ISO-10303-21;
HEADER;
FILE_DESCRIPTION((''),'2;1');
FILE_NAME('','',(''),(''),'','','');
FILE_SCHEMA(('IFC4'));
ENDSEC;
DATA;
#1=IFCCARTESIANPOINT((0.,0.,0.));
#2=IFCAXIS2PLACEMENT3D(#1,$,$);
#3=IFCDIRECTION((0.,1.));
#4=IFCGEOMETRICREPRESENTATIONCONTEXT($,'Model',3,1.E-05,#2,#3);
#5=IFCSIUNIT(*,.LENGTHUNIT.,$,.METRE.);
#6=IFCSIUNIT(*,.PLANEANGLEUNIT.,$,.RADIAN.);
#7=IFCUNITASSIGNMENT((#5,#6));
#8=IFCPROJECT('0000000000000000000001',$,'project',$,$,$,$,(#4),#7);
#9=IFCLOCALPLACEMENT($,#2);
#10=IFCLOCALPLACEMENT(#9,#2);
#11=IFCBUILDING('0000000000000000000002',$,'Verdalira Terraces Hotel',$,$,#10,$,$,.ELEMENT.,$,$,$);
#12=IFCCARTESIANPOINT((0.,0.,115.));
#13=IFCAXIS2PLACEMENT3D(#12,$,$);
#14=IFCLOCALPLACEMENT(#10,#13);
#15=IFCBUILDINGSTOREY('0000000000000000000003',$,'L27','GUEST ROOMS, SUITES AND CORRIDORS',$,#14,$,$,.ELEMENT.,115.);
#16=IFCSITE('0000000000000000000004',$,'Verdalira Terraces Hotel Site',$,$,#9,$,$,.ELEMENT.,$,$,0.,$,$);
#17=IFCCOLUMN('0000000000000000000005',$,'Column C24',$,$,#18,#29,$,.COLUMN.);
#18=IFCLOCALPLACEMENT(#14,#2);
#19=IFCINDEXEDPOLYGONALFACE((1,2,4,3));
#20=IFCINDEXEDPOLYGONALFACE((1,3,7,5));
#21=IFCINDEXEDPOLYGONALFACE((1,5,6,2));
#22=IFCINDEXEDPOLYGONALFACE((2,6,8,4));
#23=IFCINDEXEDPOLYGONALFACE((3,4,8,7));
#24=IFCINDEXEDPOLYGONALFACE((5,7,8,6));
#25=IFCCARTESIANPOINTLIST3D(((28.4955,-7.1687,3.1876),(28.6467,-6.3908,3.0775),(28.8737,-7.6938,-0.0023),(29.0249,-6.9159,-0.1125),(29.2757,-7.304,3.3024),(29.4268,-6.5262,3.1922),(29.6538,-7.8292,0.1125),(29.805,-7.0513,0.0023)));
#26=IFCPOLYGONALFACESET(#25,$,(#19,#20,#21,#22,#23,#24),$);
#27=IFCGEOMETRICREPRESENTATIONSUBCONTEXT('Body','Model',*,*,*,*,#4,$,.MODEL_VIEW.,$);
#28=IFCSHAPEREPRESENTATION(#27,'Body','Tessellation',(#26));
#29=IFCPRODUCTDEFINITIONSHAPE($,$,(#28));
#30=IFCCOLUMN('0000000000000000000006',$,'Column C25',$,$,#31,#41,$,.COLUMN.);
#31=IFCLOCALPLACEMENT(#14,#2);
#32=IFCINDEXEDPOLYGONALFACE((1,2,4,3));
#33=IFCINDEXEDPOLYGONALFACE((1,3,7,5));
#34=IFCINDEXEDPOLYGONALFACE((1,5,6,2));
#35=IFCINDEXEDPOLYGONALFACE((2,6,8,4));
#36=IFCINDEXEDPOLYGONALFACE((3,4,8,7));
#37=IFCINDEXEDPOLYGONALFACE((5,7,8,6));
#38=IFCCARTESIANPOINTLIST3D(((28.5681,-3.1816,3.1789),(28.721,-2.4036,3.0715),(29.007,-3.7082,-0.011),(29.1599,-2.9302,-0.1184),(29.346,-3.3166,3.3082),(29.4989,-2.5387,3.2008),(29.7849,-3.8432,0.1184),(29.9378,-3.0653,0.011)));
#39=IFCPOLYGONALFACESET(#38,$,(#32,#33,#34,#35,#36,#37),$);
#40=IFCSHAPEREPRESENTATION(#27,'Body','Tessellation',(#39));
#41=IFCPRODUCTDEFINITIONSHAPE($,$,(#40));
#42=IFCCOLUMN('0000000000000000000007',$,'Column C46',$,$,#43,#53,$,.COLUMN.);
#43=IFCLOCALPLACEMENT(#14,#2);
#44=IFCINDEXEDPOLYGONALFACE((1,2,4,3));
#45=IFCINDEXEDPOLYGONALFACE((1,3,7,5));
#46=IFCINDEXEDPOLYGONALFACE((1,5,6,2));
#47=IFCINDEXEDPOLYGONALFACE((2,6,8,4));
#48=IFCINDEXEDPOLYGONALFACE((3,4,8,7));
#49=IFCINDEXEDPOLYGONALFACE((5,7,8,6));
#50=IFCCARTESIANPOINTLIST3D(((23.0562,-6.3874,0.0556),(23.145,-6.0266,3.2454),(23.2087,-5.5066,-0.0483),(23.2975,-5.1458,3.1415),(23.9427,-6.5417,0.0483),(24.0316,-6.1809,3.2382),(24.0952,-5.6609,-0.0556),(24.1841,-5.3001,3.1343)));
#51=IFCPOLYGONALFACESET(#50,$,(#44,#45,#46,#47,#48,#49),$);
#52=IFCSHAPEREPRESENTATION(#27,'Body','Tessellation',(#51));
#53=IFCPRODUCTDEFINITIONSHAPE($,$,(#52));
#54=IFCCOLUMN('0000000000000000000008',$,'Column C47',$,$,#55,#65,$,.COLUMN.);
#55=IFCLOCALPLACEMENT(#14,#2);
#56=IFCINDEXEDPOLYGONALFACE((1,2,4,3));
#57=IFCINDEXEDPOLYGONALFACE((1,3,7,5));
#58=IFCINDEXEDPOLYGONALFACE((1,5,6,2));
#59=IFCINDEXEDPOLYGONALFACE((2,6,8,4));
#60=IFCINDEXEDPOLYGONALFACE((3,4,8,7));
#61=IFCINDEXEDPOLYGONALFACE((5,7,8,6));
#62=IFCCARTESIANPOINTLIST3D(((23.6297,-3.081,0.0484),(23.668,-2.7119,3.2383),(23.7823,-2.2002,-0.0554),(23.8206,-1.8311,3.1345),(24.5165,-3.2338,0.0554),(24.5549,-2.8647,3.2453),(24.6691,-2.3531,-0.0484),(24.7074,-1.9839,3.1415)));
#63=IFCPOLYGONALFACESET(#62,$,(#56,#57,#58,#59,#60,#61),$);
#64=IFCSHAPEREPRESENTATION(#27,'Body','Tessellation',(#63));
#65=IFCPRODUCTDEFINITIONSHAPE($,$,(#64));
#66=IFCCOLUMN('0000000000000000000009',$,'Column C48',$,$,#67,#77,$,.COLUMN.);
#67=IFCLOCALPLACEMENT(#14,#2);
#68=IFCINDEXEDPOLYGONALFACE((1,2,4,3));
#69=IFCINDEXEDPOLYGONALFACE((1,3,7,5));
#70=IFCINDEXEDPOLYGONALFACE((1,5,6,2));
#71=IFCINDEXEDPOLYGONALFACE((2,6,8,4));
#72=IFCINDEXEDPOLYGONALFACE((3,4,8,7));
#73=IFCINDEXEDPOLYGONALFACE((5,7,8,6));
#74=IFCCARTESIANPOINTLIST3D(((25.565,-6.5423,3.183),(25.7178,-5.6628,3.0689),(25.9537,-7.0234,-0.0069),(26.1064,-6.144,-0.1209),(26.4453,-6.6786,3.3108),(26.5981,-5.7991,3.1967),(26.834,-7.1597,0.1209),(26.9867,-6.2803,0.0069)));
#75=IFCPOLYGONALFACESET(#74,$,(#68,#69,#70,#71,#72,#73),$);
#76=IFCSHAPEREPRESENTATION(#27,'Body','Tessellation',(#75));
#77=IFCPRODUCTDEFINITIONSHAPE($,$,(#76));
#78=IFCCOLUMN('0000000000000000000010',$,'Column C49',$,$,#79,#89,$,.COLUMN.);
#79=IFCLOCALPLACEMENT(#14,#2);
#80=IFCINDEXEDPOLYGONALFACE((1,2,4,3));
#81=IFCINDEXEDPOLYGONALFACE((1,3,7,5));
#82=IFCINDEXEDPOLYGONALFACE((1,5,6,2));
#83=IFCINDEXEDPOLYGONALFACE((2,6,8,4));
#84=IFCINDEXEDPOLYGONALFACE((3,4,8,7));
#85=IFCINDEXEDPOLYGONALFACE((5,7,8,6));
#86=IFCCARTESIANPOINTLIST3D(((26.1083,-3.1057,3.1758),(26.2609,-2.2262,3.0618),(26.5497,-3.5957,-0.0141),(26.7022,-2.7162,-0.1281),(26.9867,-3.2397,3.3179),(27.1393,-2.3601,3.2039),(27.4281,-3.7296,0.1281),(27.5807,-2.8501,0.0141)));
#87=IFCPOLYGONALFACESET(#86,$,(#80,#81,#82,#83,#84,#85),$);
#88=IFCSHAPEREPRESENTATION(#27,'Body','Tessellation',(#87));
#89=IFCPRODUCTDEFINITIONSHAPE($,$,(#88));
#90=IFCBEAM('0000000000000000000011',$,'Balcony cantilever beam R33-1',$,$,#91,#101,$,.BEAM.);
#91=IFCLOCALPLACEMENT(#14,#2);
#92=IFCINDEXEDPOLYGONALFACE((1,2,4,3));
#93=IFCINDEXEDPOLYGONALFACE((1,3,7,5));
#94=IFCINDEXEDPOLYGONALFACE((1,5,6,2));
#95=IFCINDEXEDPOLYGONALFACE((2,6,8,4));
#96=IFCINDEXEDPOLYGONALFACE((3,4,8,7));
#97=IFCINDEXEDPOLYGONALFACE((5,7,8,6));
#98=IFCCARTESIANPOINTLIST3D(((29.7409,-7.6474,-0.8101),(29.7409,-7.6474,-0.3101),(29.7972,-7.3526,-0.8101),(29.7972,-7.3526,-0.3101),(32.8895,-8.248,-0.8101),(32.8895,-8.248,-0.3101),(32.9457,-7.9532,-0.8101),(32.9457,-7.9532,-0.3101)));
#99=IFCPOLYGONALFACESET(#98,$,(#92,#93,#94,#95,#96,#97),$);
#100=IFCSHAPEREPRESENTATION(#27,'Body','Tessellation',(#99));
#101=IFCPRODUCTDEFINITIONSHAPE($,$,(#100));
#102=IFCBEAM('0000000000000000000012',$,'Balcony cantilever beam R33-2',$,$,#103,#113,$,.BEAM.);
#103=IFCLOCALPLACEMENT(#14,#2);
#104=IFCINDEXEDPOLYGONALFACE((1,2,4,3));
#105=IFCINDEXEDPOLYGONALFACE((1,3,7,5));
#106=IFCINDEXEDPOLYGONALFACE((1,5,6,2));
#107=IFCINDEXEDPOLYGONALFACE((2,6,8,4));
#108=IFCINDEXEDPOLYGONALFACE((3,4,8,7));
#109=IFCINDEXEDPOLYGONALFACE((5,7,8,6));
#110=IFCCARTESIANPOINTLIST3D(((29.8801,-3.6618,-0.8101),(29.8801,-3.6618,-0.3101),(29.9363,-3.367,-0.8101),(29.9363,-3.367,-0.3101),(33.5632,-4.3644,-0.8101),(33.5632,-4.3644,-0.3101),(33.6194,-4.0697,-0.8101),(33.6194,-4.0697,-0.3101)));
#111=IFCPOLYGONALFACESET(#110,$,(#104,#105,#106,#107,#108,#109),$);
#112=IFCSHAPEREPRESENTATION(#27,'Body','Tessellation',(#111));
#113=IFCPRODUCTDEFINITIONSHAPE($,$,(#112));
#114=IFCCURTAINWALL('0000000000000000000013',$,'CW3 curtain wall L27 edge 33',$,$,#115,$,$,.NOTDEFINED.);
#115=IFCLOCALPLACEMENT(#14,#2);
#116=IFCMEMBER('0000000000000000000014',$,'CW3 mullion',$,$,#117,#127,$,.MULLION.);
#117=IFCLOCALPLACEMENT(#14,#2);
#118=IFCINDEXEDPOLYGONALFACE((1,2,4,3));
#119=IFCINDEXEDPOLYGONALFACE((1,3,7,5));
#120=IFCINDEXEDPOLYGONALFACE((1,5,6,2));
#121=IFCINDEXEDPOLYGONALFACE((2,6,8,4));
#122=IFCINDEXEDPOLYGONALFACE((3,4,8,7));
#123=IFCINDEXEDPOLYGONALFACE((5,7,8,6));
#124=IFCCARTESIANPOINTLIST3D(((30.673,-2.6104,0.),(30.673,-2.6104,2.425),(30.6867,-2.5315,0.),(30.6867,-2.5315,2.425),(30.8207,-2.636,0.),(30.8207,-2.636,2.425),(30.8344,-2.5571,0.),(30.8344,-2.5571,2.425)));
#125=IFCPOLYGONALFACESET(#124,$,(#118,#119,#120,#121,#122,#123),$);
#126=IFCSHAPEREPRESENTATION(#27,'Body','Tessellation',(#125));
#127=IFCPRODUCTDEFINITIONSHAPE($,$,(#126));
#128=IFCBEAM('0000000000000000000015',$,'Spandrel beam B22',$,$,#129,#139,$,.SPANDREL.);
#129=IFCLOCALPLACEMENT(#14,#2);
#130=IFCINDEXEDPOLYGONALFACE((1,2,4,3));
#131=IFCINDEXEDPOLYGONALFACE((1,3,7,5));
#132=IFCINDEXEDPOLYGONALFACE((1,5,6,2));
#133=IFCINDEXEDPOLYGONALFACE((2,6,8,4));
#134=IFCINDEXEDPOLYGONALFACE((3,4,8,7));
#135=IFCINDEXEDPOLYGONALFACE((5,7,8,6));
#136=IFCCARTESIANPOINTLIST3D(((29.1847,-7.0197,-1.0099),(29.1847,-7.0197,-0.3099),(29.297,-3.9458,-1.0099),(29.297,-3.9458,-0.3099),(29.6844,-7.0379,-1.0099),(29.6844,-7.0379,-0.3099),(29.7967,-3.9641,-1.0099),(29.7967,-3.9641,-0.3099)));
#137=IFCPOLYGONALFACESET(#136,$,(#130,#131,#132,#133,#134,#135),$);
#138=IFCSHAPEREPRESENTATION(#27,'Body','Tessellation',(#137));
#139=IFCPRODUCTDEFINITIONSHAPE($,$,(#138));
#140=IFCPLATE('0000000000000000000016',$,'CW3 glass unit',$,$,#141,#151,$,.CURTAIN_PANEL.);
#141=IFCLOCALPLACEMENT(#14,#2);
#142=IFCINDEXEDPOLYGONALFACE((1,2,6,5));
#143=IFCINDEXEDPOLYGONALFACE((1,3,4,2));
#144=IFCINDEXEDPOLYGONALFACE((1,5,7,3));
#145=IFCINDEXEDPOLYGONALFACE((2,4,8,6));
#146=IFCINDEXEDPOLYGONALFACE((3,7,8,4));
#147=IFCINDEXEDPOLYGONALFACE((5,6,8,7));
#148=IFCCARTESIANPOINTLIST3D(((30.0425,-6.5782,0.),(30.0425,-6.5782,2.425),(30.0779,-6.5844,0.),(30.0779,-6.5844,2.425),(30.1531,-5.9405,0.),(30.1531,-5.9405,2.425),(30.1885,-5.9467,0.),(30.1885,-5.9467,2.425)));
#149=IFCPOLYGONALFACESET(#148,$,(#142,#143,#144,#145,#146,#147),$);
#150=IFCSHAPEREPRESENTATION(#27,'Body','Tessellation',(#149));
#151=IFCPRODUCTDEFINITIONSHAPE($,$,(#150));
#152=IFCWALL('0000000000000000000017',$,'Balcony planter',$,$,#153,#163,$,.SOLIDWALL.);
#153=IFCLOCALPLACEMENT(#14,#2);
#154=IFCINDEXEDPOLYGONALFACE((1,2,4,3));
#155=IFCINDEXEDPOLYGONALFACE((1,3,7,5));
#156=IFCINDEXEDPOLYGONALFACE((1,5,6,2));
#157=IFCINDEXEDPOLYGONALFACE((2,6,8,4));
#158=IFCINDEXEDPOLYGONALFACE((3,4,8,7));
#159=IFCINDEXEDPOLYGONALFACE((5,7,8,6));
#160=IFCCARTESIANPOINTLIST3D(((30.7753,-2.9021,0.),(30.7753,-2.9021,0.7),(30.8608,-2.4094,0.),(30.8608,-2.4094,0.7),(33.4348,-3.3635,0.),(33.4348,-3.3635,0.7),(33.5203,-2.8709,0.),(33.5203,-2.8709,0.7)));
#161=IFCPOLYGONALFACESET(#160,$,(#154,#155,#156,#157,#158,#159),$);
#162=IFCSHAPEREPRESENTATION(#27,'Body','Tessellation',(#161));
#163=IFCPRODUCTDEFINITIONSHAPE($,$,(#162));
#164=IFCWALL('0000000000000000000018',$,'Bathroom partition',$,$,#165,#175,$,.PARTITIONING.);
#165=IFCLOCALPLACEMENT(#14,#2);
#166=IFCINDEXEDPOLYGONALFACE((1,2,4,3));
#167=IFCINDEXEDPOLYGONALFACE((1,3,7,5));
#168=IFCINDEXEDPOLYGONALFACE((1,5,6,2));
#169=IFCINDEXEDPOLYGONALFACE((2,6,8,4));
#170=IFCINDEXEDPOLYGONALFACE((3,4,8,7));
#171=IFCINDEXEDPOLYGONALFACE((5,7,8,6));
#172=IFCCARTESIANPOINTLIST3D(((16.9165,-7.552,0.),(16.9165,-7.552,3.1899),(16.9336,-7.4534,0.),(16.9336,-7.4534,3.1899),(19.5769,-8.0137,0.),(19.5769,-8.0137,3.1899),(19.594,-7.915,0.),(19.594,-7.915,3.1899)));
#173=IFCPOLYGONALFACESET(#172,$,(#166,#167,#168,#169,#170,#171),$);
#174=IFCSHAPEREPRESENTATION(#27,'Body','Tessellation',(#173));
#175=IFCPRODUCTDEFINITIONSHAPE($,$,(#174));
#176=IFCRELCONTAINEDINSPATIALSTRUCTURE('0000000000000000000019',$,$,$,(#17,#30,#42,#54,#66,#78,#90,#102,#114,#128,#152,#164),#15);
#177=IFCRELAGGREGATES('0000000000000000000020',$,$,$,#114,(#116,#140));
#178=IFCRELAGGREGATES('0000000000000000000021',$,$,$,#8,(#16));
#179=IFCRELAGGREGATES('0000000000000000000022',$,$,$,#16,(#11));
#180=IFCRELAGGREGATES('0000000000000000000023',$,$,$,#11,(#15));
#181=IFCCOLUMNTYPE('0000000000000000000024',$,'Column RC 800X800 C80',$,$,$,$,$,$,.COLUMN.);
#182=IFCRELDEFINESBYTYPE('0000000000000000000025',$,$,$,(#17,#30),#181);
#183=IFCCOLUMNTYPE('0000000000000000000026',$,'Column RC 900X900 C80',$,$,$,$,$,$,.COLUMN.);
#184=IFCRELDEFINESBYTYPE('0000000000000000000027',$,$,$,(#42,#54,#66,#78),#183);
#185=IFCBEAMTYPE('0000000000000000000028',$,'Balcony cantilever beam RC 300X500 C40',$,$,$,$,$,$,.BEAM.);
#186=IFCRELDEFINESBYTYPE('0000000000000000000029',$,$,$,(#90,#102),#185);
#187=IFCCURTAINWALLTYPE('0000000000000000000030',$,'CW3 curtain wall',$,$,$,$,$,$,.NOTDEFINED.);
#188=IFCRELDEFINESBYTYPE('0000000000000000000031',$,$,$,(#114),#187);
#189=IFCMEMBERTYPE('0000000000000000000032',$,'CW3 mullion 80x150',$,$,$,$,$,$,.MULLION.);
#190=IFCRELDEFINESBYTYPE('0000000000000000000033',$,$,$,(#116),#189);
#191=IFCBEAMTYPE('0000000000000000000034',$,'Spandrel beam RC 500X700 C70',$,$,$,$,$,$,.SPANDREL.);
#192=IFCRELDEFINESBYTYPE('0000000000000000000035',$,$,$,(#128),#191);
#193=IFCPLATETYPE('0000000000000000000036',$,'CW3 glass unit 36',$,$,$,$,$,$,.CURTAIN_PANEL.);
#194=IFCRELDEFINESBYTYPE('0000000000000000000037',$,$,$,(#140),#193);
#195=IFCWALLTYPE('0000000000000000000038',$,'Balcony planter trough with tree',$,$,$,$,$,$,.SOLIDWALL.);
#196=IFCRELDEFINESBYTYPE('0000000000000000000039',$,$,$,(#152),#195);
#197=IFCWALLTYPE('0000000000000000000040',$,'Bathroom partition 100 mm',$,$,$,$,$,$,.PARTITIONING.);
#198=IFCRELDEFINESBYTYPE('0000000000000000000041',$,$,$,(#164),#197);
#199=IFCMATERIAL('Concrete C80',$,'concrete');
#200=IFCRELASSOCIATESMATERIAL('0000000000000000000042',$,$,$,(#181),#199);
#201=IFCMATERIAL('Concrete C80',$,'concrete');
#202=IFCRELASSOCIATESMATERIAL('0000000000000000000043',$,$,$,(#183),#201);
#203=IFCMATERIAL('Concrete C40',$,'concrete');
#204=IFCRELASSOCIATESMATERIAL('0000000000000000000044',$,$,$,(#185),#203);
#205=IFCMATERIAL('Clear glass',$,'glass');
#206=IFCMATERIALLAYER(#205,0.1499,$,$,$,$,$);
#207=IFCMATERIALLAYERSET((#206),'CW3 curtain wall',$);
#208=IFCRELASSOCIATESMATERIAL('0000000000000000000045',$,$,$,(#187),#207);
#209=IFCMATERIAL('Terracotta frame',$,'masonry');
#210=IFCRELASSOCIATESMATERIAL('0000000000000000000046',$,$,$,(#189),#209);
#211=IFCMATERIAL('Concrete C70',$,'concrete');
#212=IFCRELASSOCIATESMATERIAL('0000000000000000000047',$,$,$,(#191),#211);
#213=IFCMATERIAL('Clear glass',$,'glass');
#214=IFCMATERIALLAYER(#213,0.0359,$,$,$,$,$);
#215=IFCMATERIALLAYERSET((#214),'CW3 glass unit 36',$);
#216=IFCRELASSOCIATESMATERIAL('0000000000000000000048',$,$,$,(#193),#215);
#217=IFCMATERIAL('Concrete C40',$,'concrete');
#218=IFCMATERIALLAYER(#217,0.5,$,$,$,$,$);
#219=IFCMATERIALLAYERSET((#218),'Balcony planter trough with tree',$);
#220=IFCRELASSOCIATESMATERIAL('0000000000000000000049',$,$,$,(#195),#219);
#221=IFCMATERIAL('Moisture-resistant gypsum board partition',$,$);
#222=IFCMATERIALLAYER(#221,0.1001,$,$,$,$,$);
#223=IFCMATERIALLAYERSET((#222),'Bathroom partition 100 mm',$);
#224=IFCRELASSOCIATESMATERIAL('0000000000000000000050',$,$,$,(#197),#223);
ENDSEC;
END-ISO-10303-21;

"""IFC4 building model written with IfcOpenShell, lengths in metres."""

from ifc_helpers import new_model, si_unit, direction, frame, frame_2d, origin, origin_2d, place, context, subcontext, project, spatial, rectangle, extrude, material, layer, layer_set, material_profile, profile_set, type_object, element, aggregate, save


model = new_model("IFC4")

# Units and contexts
model_context = context("Model", 3, precision=1e-05, world=origin(), true_north=direction((0.0, 1.0)))
body_context = subcontext(model_context, "Body", "Model", "MODEL_VIEW")
ifc_project = project(units=[si_unit("LENGTHUNIT", "METRE"), si_unit("PLANEANGLEUNIT", "RADIAN")], contexts=[model_context])

# Site, building, storey
site_placement = place(None, origin())
site = spatial("IfcSite", under=ifc_project, at=site_placement, Name="Verdalira Terraces Hotel Site", CompositionType="ELEMENT", RefElevation=0.0)
building_placement = place(site_placement, origin())
building = spatial("IfcBuilding", under=site, at=building_placement, Name="Verdalira Terraces Hotel", CompositionType="ELEMENT")
storey_placement = place(building_placement, frame((0.0, 0.0, 115.0)))
storey = spatial("IfcBuildingStorey", under=building, at=storey_placement, Name="L27", Description="GUEST ROOMS, SUITES AND CORRIDORS", CompositionType="ELEMENT", Elevation=115.0)

# Columns
ifc_material_1 = material(Name="Concrete C80", Category="concrete")
ifc_material_profile_1 = material_profile(ifc_material_1, rectangle(XDim=0.8, YDim=0.8, at=origin_2d()), Name="RC 800X800")
ifc_profile_set_1 = profile_set([ifc_material_profile_1], Name="Concrete C80")
column_type_1 = type_object("IfcColumnType", Name="Column RC 800X800 C80", PredefinedType="COLUMN", material=ifc_profile_set_1)
column_1_placement = place(storey_placement, frame((29.3394, -7.3726, 0.0), z_axis=(-0.116185, 0.161339, 0.980036), x_axis=(0.188971, 0.972286, -0.13766)))
element("IfcColumn", 1, at=column_1_placement, inside=storey, type_object=column_type_1, Name="Column C24", PredefinedType="COLUMN", context=body_context, shape_type="SweptSolid", body=[
    extrude(rectangle(XDim=0.8, YDim=0.8, at=origin_2d()), origin(), (0.0, 0.0, 1.0), 3.2549),
])
column_2_placement = place(storey_placement, frame((29.4724, -3.3867, 0.0), z_axis=(-0.134537, 0.1614, 0.977676), x_axis=(0.191102, 0.97235, -0.134223)))
element("IfcColumn", 2, at=column_2_placement, inside=storey, type_object=column_type_1, Name="Column C25", PredefinedType="COLUMN", context=body_context, shape_type="SweptSolid", body=[
    extrude(rectangle(XDim=0.8, YDim=0.8, at=origin_2d()), origin(), (0.0, 0.0, 1.0), 3.2627),
])
ifc_material_2 = material(Name="Concrete C80", Category="concrete")
ifc_material_profile_2 = material_profile(ifc_material_2, rectangle(XDim=0.8999, YDim=0.8999, at=origin_2d()), Name="RC 900X900")
ifc_profile_set_2 = profile_set([ifc_material_profile_2], Name="Concrete C80")
column_type_2 = type_object("IfcColumnType", Name="Column RC 900X900 C80", PredefinedType="COLUMN", material=ifc_profile_set_2)
for number, where, z_axis, x_axis, name in (
    (3, (23.5757, -6.0242, 0.0), (0.027671, 0.112358, 0.993282), (0.985151, -0.1715, -0.008045), "Column C46"),
    (4, (24.1494, -2.717, 0.0), (0.011935, 0.114945, 0.9933), (0.985447, -0.169806, 0.007809), "Column C47"),
):
    element("IfcColumn", number, at=place(storey_placement, frame(where, z_axis=z_axis, x_axis=x_axis)), inside=storey, type_object=column_type_2, Name=name, PredefinedType="COLUMN", context=body_context, shape_type="SweptSolid", body=[
        extrude(rectangle(XDim=0.8999, YDim=0.8999, at=origin_2d()), origin(), (0.0, 0.0, 1.0), 3.2114),
    ])
column_3_placement = place(storey_placement, frame((26.4702, -6.6519, 0.0), z_axis=(-0.119615, 0.148091, 0.981713), x_axis=(0.978203, -0.151473, 0.142037)))
element("IfcColumn", 5, at=column_3_placement, inside=storey, type_object=column_type_2, Name="Column C48", PredefinedType="COLUMN", context=body_context, shape_type="SweptSolid", body=[
    extrude(rectangle(XDim=0.8999, YDim=0.8999, at=origin_2d()), origin(), (0.0, 0.0, 1.0), 3.2493),
])
column_4_placement = place(storey_placement, frame((27.0652, -3.2229, 0.0), z_axis=(-0.135509, 0.150424, 0.979291), x_axis=(0.976161, -0.148873, 0.157943)))
element("IfcColumn", 6, at=column_4_placement, inside=storey, type_object=column_type_2, Name="Column C49", PredefinedType="COLUMN", context=body_context, shape_type="SweptSolid", body=[
    extrude(rectangle(XDim=0.8999, YDim=0.8999, at=origin_2d()), origin(), (0.0, 0.0, 1.0), 3.2573),
])

# Beams
ifc_material_3 = material(Name="Concrete C40", Category="concrete")
ifc_material_profile_3 = material_profile(ifc_material_3, rectangle(XDim=0.3, YDim=0.5, at=origin_2d()), Name="RC 300X500")
ifc_profile_set_3 = profile_set([ifc_material_profile_3], Name="Concrete C40")
beam_type_1 = type_object("IfcBeamType", Name="Balcony cantilever beam RC 300X500 C40", PredefinedType="BEAM", material=ifc_profile_set_3)
beam_1_placement = place(storey_placement, frame((29.769, -7.5, -0.5601), z_axis=(0.982288, -0.187378, 0.0), x_axis=(0.187378, 0.982288, 0.0)))
element("IfcBeam", 7, at=beam_1_placement, inside=storey, type_object=beam_type_1, Name="Balcony cantilever beam R33-1", PredefinedType="BEAM", context=body_context, shape_type="SweptSolid", body=[
    extrude(rectangle(XDim=0.3, YDim=0.5, at=origin_2d()), origin(), (0.0, 0.0, 1.0), 3.2053),
])
beam_2_placement = place(storey_placement, frame((29.9082, -3.5144, -0.5601), z_axis=(0.982285, -0.187393, 0.0), x_axis=(0.187393, 0.982285, 0.0)))
element("IfcBeam", 8, at=beam_2_placement, inside=storey, type_object=beam_type_1, Name="Balcony cantilever beam R33-2", PredefinedType="BEAM", context=body_context, shape_type="SweptSolid", body=[
    extrude(rectangle(XDim=0.3, YDim=0.5, at=origin_2d()), origin(), (0.0, 0.0, 1.0), 3.7495),
])

# Curtain wall, member
ifc_material_4 = material(Name="Clear glass", Category="glass")
ifc_layer_1 = layer(ifc_material_4, 0.1499)
ifc_layer_set_1 = layer_set([ifc_layer_1], Name="CW3 curtain wall")
curtain_wall_type = type_object("IfcCurtainWallType", Name="CW3 curtain wall", PredefinedType="NOTDEFINED", material=ifc_layer_set_1)
curtain_wall_placement = place(storey_placement, origin())
curtain_wall = element("IfcCurtainWall", 9, at=curtain_wall_placement, inside=storey, type_object=curtain_wall_type, Name="CW3 curtain wall L27 edge 33", PredefinedType="NOTDEFINED")
ifc_material_5 = material(Name="Terracotta frame", Category="masonry")
ifc_material_profile_4 = material_profile(ifc_material_5, rectangle(XDim=0.0801, YDim=0.1499, at=origin_2d()), Name="MU 80x150")
ifc_profile_set_4 = profile_set([ifc_material_profile_4], Name="Terracotta frame")
member_type = type_object("IfcMemberType", Name="CW3 mullion 80x150", PredefinedType="MULLION", material=ifc_profile_set_4)
member_placement = place(storey_placement, frame((30.7537, -2.5837, 0.0), z_axis=(0.0, 0.0, 1.0), x_axis=(0.170897, 0.985289, 0.0)))
member = element("IfcMember", 10, at=member_placement, type_object=member_type, Name="CW3 mullion", PredefinedType="MULLION", context=body_context, shape_type="SweptSolid", body=[
    extrude(rectangle(XDim=0.0801, YDim=0.1499, at=origin_2d()), origin(), (0.0, 0.0, 1.0), 2.425),
])

# Beam
ifc_material_6 = material(Name="Concrete C70", Category="concrete")
ifc_material_profile_5 = material_profile(ifc_material_6, rectangle(XDim=0.5, YDim=0.7, at=origin_2d()), Name="RC 500X700")
ifc_profile_set_5 = profile_set([ifc_material_profile_5], Name="Concrete C70")
beam_type_2 = type_object("IfcBeamType", Name="Spandrel beam RC 500X700 C70", PredefinedType="SPANDREL", material=ifc_profile_set_5)
beam_3_placement = place(storey_placement, frame((29.4346, -7.0288, -0.6599), z_axis=(0.03651, 0.999333, 0.0), x_axis=(-0.999333, 0.03651, 0.0)))
element("IfcBeam", 11, at=beam_3_placement, inside=storey, type_object=beam_type_2, Name="Spandrel beam B22", PredefinedType="SPANDREL", context=body_context, shape_type="SweptSolid", body=[
    extrude(rectangle(XDim=0.5, YDim=0.7, at=origin_2d()), origin(), (0.0, 0.0, 1.0), 3.0759),
])

# Plate
ifc_material_7 = material(Name="Clear glass", Category="glass")
ifc_layer_2 = layer(ifc_material_7, 0.0359)
ifc_layer_set_2 = layer_set([ifc_layer_2], Name="CW3 glass unit 36")
plate_type = type_object("IfcPlateType", Name="CW3 glass unit 36", PredefinedType="CURTAIN_PANEL", material=ifc_layer_set_2)
plate_placement = place(storey_placement, frame((30.1155, -6.2625, 0.0), z_axis=(0.0, 0.0, 1.0), x_axis=(0.170897, 0.985289, 0.0)))
plate = element("IfcPlate", 12, at=plate_placement, type_object=plate_type, Name="CW3 glass unit", PredefinedType="CURTAIN_PANEL", context=body_context, shape_type="SweptSolid", body=[
    extrude(rectangle(XDim=0.6472, YDim=0.0359, at=origin_2d()), origin(), (0.0, 0.0, 1.0), 2.425),
])
aggregate(curtain_wall, [member, plate])

# Walls
ifc_material_8 = material(Name="Concrete C40", Category="concrete")
ifc_layer_3 = layer(ifc_material_8, 0.5)
ifc_layer_set_3 = layer_set([ifc_layer_3], Name="Balcony planter trough with tree")
wall_type_1 = type_object("IfcWallType", Name="Balcony planter trough with tree", PredefinedType="SOLIDWALL", material=ifc_layer_set_3)
wall_1_placement = place(storey_placement, frame((33.4775, -3.1172, 0.0), z_axis=(0.0, 0.0, 1.0), x_axis=(-0.985279, 0.170952, 0.0)))
element("IfcWall", 13, at=wall_1_placement, inside=storey, type_object=wall_type_1, Name="Balcony planter", PredefinedType="SOLIDWALL", context=body_context, shape_type="SweptSolid", body=[
    extrude(rectangle(XDim=2.6992, YDim=0.5, at=frame_2d((1.3496, 0.0))), origin(), (0.0, 0.0, 1.0), 0.7),
])
ifc_material_9 = material(Name="Moisture-resistant gypsum board partition")
ifc_layer_4 = layer(ifc_material_9, 0.1001)
ifc_layer_set_4 = layer_set([ifc_layer_4], Name="Bathroom partition 100 mm")
wall_type_2 = type_object("IfcWallType", Name="Bathroom partition 100 mm", PredefinedType="PARTITIONING", material=ifc_layer_set_4)
wall_2_placement = place(storey_placement, frame((16.925, -7.5027, 0.0), z_axis=(0.0, 0.0, 1.0), x_axis=(0.985275, -0.170979, 0.0)))
element("IfcWall", 14, at=wall_2_placement, inside=storey, type_object=wall_type_2, Name="Bathroom partition", PredefinedType="PARTITIONING", context=body_context, shape_type="SweptSolid", body=[
    extrude(rectangle(XDim=2.7002, YDim=0.1001, at=frame_2d((1.3501, 0.0))), origin(), (0.0, 0.0, 1.0), 3.1899),
])

save(model, "model.ifc")
